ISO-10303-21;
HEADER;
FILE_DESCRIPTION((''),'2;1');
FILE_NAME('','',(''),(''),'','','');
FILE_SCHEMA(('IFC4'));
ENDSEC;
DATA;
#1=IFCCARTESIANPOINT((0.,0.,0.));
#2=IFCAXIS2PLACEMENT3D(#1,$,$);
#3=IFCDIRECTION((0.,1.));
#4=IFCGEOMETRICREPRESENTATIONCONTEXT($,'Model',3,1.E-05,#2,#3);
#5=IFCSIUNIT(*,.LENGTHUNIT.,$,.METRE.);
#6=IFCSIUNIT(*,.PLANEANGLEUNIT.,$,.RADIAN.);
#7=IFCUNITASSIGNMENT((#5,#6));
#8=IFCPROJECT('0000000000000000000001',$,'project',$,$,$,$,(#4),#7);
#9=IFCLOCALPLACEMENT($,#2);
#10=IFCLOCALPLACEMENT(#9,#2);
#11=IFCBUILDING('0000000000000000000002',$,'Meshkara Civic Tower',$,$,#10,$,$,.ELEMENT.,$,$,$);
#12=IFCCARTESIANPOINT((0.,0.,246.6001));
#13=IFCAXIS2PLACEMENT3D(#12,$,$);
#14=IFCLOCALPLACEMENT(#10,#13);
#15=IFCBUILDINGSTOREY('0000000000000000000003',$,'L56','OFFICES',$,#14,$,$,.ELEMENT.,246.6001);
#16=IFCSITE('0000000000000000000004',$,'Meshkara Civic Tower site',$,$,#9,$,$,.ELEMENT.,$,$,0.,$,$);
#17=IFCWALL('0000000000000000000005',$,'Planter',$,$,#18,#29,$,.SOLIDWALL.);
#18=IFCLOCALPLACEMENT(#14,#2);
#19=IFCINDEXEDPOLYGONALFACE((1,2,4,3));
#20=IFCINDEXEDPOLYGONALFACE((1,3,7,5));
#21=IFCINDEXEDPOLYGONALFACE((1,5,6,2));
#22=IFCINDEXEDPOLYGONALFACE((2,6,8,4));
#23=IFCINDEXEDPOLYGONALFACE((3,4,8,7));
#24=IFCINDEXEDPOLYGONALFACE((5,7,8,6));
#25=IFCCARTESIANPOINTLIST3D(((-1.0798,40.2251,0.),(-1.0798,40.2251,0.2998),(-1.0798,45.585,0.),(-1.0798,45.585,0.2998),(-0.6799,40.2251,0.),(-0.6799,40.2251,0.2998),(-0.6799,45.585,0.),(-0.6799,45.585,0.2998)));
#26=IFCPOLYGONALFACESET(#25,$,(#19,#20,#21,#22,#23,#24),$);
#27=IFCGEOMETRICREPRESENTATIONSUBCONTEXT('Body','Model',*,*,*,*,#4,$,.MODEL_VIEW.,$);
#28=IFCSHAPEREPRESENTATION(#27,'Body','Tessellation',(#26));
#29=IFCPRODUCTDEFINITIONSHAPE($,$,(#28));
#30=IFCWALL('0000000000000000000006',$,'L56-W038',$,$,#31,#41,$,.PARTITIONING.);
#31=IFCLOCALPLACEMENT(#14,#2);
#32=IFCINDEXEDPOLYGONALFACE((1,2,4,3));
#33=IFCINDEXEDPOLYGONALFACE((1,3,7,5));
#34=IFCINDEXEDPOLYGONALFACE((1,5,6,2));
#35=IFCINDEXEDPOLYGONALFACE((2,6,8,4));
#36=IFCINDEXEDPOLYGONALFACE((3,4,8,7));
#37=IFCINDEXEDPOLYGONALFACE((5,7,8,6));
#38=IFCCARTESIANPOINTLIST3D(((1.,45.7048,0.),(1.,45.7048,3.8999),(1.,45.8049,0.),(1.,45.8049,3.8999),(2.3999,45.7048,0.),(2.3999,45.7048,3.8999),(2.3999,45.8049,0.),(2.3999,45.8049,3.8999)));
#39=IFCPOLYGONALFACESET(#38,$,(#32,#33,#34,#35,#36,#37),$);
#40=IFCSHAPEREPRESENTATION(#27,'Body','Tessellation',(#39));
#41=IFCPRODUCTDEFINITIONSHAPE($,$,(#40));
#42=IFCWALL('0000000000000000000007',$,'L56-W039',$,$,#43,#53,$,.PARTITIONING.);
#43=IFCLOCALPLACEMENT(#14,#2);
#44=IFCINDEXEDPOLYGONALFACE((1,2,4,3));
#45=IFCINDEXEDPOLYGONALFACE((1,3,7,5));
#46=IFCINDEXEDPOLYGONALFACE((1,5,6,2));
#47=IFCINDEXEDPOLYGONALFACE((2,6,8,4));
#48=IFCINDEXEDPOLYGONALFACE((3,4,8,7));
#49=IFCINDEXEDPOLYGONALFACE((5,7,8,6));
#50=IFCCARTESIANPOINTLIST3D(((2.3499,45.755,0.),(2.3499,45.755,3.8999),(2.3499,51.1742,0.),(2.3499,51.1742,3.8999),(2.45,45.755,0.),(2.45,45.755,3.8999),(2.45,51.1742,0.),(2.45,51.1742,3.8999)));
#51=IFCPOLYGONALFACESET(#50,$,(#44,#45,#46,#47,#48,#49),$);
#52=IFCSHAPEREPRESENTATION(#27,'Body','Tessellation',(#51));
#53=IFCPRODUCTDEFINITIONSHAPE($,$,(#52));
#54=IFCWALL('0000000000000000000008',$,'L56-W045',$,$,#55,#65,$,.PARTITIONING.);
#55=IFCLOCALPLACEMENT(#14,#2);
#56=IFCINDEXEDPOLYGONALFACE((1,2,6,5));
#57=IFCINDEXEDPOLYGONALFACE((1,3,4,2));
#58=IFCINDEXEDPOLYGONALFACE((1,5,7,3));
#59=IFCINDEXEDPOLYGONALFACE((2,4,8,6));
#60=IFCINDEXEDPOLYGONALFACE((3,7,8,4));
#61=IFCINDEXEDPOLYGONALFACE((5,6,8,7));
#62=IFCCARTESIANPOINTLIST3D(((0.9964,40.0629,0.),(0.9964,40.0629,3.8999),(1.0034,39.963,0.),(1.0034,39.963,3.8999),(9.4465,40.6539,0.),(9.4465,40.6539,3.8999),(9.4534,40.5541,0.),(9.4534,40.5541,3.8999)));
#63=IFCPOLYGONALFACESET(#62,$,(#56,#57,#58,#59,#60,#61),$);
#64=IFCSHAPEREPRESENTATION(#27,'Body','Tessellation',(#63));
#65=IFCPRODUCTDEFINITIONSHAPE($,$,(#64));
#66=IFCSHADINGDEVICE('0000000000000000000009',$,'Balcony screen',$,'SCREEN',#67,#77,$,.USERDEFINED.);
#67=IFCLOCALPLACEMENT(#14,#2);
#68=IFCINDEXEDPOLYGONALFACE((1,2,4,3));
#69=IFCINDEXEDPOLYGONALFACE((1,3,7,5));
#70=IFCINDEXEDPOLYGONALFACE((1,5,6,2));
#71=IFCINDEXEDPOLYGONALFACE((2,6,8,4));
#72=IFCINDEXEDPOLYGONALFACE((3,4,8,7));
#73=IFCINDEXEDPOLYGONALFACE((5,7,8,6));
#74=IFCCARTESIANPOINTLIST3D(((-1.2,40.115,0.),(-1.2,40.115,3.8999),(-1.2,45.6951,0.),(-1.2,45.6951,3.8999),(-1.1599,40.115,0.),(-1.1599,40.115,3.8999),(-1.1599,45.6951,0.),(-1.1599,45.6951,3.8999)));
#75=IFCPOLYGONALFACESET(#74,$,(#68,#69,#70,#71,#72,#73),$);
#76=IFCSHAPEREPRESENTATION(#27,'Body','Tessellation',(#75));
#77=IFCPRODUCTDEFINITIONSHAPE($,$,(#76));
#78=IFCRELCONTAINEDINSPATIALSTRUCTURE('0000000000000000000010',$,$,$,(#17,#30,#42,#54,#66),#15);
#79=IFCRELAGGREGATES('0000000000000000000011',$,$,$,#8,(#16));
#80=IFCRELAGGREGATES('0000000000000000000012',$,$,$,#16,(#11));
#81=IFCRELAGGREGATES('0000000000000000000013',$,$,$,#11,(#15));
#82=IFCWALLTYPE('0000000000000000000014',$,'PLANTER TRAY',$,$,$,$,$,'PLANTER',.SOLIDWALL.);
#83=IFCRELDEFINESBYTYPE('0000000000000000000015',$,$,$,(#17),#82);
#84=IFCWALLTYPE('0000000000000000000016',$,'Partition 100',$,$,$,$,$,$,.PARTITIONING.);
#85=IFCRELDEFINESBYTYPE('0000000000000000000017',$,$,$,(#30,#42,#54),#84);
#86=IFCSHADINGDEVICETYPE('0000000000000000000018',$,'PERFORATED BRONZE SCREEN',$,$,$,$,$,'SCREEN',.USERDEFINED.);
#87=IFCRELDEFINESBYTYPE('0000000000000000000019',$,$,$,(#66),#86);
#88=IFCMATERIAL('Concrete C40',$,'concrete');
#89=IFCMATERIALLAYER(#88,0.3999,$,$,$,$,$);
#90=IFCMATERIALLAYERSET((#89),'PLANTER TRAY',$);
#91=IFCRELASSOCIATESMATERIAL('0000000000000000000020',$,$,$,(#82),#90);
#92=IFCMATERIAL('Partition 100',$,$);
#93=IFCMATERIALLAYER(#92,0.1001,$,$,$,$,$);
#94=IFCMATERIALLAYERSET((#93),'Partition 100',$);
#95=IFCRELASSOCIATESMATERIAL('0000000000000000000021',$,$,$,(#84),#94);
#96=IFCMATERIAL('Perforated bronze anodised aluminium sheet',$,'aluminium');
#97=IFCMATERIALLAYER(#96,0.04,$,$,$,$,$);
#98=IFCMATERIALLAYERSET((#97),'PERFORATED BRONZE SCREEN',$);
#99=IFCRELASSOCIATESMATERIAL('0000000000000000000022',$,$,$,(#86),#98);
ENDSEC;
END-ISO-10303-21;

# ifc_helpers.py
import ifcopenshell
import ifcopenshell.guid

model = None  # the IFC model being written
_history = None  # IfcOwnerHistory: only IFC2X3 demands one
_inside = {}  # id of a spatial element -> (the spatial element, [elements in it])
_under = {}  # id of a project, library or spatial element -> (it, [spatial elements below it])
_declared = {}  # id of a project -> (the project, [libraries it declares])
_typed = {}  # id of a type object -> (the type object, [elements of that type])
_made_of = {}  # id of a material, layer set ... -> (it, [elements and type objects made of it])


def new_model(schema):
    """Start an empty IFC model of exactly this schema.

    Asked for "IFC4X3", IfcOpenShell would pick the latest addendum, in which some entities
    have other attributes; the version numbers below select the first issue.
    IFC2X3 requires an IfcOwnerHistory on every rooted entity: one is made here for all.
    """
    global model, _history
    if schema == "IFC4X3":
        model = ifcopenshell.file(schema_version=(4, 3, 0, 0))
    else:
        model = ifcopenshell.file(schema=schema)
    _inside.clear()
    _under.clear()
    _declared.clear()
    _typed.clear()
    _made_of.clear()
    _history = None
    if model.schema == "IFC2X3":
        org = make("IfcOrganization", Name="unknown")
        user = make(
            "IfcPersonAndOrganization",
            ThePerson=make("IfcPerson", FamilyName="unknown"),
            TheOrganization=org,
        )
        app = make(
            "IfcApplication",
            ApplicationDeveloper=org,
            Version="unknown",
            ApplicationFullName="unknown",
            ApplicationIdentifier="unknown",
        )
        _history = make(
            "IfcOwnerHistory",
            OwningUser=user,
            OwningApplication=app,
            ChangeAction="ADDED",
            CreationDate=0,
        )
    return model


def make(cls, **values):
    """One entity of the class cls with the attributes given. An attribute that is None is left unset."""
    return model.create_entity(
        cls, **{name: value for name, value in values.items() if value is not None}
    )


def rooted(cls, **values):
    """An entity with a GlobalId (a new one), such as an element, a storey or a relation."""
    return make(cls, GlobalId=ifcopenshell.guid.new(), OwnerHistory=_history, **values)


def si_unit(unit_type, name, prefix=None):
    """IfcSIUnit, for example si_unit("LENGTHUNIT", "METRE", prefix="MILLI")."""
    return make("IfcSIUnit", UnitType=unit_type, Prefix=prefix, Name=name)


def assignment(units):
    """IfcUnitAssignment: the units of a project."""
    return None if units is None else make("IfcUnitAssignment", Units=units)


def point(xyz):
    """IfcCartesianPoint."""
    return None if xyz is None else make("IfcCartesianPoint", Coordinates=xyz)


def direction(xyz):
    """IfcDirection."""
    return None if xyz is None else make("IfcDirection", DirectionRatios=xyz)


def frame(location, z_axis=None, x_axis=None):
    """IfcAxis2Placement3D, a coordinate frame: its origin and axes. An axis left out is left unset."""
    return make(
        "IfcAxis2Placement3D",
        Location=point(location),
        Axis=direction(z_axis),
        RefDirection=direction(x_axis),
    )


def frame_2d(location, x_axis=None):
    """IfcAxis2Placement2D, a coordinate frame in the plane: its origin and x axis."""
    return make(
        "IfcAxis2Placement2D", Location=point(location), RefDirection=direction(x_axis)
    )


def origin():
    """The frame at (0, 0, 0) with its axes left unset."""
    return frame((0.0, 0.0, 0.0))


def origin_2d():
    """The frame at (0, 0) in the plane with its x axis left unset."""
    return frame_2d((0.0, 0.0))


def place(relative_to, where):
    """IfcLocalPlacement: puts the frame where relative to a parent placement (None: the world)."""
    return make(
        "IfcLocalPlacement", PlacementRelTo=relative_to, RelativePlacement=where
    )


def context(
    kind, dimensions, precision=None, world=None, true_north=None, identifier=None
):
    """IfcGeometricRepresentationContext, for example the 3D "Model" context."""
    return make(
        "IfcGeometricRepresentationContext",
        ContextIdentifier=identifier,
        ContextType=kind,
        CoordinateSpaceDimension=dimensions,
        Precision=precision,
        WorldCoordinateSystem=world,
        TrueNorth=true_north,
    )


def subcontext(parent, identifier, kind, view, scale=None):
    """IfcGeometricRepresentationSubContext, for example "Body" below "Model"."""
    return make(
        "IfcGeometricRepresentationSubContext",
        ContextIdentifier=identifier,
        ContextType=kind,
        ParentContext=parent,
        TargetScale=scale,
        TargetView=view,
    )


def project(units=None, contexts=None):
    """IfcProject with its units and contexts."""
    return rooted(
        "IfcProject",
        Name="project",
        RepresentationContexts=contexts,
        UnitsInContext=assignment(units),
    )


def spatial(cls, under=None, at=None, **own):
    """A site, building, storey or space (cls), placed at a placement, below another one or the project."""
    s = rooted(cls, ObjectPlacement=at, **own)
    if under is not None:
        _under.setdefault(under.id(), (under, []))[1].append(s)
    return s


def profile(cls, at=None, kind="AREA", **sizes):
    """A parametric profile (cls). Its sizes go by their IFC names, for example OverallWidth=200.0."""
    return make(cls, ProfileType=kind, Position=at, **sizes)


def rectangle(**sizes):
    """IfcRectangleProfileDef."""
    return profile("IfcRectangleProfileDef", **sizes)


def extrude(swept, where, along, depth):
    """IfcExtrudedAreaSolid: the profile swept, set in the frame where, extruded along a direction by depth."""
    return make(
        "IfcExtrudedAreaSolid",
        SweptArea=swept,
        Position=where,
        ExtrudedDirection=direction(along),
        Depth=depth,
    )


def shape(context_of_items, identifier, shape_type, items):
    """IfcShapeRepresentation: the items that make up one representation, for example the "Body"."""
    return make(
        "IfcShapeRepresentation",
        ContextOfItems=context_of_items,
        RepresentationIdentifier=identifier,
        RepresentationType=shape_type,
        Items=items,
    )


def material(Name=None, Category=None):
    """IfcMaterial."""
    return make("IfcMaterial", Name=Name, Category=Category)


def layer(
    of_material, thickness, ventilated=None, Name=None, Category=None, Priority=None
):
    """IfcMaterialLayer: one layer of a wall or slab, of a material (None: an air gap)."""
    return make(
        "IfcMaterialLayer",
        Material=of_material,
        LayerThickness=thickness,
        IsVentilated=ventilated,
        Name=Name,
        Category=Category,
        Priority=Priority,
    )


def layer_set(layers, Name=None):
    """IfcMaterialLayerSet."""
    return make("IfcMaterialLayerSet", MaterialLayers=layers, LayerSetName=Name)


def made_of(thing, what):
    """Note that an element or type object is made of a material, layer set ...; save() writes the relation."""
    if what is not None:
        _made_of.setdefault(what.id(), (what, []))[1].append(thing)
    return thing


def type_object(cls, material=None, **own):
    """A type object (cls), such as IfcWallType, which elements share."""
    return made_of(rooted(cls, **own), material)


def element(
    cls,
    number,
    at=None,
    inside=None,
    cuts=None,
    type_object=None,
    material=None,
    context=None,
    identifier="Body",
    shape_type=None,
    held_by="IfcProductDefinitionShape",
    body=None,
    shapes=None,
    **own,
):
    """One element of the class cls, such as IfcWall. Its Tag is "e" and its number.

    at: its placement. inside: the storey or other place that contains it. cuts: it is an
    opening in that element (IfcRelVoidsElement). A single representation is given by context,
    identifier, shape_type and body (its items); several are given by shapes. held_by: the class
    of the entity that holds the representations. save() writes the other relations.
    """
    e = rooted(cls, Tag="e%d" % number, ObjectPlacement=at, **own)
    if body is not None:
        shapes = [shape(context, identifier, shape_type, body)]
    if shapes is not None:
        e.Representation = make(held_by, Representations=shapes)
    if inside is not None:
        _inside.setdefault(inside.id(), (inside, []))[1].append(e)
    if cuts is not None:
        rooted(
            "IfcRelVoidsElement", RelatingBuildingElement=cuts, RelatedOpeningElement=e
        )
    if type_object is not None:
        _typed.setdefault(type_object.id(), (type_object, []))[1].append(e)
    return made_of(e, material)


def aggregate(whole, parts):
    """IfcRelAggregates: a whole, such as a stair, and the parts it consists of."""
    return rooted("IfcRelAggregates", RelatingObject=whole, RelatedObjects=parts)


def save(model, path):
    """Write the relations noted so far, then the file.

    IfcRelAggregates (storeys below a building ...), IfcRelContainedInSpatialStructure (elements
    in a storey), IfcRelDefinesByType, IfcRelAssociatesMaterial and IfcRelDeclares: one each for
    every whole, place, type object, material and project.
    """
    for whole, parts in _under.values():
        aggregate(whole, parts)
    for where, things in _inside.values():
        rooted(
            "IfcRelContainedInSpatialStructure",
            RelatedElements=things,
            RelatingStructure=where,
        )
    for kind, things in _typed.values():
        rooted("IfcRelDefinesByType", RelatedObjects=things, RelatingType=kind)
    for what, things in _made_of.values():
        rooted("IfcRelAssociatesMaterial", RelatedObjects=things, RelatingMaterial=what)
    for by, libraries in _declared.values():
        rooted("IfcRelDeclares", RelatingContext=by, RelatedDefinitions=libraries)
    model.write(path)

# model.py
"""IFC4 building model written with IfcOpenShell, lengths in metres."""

from ifc_helpers import new_model, si_unit, direction, frame, frame_2d, origin, origin_2d, place, context, subcontext, project, spatial, rectangle, extrude, material, layer, layer_set, type_object, element, save


model = new_model("IFC4")

# Units and contexts
model_context = context("Model", 3, precision=1e-05, world=origin(), true_north=direction((0.0, 1.0)))
body_context = subcontext(model_context, "Body", "Model", "MODEL_VIEW")
ifc_project = project(units=[si_unit("LENGTHUNIT", "METRE"), si_unit("PLANEANGLEUNIT", "RADIAN")], contexts=[model_context])

# Site, building, storey
site_placement = place(None, origin())
site = spatial("IfcSite", under=ifc_project, at=site_placement, Name="Meshkara Civic Tower site", CompositionType="ELEMENT", RefElevation=0.0)
building_placement = place(site_placement, origin())
building = spatial("IfcBuilding", under=site, at=building_placement, Name="Meshkara Civic Tower", CompositionType="ELEMENT")
storey_placement = place(building_placement, frame((0.0, 0.0, 246.6001)))
storey = spatial("IfcBuildingStorey", under=building, at=storey_placement, Name="L56", Description="OFFICES", CompositionType="ELEMENT", Elevation=246.6001)

# Walls
ifc_material_1 = material(Name="Concrete C40", Category="concrete")
ifc_layer_1 = layer(ifc_material_1, 0.3999)
ifc_layer_set_1 = layer_set([ifc_layer_1], Name="PLANTER TRAY")
wall_type_1 = type_object("IfcWallType", Name="PLANTER TRAY", ElementType="PLANTER", PredefinedType="SOLIDWALL", material=ifc_layer_set_1)
wall_1_placement = place(storey_placement, frame((-0.8799, 45.585, 0.0), z_axis=(0.0, 0.0, 1.0), x_axis=(0.0, -1.0, 0.0)))
element("IfcWall", 1, at=wall_1_placement, inside=storey, type_object=wall_type_1, Name="Planter", PredefinedType="SOLIDWALL", context=body_context, shape_type="SweptSolid", body=[
    extrude(rectangle(XDim=5.3599, YDim=0.3999, at=frame_2d((2.6799, 0.0))), origin(), (0.0, 0.0, 1.0), 0.2998),
])
ifc_material_2 = material(Name="Partition 100")
ifc_layer_2 = layer(ifc_material_2, 0.1001)
ifc_layer_set_2 = layer_set([ifc_layer_2], Name="Partition 100")
wall_type_2 = type_object("IfcWallType", Name="Partition 100", PredefinedType="PARTITIONING", material=ifc_layer_set_2)
wall_2_placement = place(storey_placement, frame((2.3999, 45.7549, 0.0), z_axis=(0.0, 0.0, 1.0), x_axis=(-1.0, 0.0, 0.0)))
element("IfcWall", 2, at=wall_2_placement, inside=storey, type_object=wall_type_2, Name="L56-W038", PredefinedType="PARTITIONING", context=body_context, shape_type="SweptSolid", body=[
    extrude(rectangle(XDim=1.3999, YDim=0.1001, at=frame_2d((0.7, 0.0))), origin(), (0.0, 0.0, 1.0), 3.8999),
])
wall_3_placement = place(storey_placement, frame((2.3999, 51.1741, 0.0), z_axis=(0.0, 0.0, 1.0), x_axis=(0.0, -1.0, 0.0)))
element("IfcWall", 3, at=wall_3_placement, inside=storey, type_object=wall_type_2, Name="L56-W039", PredefinedType="PARTITIONING", context=body_context, shape_type="SweptSolid", body=[
    extrude(rectangle(XDim=5.4192, YDim=0.1001, at=frame_2d((2.7095, 0.0))), origin(), (0.0, 0.0, 1.0), 3.8999),
])
wall_4_placement = place(storey_placement, frame((9.45, 40.604, 0.0), z_axis=(0.0, 0.0, 1.0), x_axis=(-0.997563, -0.069778, 0.0)))
element("IfcWall", 4, at=wall_4_placement, inside=storey, type_object=wall_type_2, Name="L56-W045", PredefinedType="PARTITIONING", context=body_context, shape_type="SweptSolid", body=[
    extrude(rectangle(XDim=8.4707, YDim=0.1001, at=frame_2d((4.2354, 0.0))), origin(), (0.0, 0.0, 1.0), 3.8999),
])

# Shading device
ifc_material_3 = material(Name="Perforated bronze anodised aluminium sheet", Category="aluminium")
ifc_layer_3 = layer(ifc_material_3, 0.04)
ifc_layer_set_3 = layer_set([ifc_layer_3], Name="PERFORATED BRONZE SCREEN")
shading_device_type = type_object("IfcShadingDeviceType", Name="PERFORATED BRONZE SCREEN", ElementType="SCREEN", PredefinedType="USERDEFINED", material=ifc_layer_set_3)
shading_device_placement = place(storey_placement, frame((-1.1799, 42.905, 0.0), z_axis=(0.0, 0.0, 1.0), x_axis=(0.0, -1.0, 0.0)))
element("IfcShadingDevice", 5, at=shading_device_placement, inside=storey, type_object=shading_device_type, Name="Balcony screen", ObjectType="SCREEN", PredefinedType="USERDEFINED", context=body_context, shape_type="SweptSolid", body=[
    extrude(rectangle(XDim=5.5801, YDim=0.04, at=origin_2d()), origin(), (0.0, 0.0, 1.0), 3.8999),
])

save(model, "model.ifc")
